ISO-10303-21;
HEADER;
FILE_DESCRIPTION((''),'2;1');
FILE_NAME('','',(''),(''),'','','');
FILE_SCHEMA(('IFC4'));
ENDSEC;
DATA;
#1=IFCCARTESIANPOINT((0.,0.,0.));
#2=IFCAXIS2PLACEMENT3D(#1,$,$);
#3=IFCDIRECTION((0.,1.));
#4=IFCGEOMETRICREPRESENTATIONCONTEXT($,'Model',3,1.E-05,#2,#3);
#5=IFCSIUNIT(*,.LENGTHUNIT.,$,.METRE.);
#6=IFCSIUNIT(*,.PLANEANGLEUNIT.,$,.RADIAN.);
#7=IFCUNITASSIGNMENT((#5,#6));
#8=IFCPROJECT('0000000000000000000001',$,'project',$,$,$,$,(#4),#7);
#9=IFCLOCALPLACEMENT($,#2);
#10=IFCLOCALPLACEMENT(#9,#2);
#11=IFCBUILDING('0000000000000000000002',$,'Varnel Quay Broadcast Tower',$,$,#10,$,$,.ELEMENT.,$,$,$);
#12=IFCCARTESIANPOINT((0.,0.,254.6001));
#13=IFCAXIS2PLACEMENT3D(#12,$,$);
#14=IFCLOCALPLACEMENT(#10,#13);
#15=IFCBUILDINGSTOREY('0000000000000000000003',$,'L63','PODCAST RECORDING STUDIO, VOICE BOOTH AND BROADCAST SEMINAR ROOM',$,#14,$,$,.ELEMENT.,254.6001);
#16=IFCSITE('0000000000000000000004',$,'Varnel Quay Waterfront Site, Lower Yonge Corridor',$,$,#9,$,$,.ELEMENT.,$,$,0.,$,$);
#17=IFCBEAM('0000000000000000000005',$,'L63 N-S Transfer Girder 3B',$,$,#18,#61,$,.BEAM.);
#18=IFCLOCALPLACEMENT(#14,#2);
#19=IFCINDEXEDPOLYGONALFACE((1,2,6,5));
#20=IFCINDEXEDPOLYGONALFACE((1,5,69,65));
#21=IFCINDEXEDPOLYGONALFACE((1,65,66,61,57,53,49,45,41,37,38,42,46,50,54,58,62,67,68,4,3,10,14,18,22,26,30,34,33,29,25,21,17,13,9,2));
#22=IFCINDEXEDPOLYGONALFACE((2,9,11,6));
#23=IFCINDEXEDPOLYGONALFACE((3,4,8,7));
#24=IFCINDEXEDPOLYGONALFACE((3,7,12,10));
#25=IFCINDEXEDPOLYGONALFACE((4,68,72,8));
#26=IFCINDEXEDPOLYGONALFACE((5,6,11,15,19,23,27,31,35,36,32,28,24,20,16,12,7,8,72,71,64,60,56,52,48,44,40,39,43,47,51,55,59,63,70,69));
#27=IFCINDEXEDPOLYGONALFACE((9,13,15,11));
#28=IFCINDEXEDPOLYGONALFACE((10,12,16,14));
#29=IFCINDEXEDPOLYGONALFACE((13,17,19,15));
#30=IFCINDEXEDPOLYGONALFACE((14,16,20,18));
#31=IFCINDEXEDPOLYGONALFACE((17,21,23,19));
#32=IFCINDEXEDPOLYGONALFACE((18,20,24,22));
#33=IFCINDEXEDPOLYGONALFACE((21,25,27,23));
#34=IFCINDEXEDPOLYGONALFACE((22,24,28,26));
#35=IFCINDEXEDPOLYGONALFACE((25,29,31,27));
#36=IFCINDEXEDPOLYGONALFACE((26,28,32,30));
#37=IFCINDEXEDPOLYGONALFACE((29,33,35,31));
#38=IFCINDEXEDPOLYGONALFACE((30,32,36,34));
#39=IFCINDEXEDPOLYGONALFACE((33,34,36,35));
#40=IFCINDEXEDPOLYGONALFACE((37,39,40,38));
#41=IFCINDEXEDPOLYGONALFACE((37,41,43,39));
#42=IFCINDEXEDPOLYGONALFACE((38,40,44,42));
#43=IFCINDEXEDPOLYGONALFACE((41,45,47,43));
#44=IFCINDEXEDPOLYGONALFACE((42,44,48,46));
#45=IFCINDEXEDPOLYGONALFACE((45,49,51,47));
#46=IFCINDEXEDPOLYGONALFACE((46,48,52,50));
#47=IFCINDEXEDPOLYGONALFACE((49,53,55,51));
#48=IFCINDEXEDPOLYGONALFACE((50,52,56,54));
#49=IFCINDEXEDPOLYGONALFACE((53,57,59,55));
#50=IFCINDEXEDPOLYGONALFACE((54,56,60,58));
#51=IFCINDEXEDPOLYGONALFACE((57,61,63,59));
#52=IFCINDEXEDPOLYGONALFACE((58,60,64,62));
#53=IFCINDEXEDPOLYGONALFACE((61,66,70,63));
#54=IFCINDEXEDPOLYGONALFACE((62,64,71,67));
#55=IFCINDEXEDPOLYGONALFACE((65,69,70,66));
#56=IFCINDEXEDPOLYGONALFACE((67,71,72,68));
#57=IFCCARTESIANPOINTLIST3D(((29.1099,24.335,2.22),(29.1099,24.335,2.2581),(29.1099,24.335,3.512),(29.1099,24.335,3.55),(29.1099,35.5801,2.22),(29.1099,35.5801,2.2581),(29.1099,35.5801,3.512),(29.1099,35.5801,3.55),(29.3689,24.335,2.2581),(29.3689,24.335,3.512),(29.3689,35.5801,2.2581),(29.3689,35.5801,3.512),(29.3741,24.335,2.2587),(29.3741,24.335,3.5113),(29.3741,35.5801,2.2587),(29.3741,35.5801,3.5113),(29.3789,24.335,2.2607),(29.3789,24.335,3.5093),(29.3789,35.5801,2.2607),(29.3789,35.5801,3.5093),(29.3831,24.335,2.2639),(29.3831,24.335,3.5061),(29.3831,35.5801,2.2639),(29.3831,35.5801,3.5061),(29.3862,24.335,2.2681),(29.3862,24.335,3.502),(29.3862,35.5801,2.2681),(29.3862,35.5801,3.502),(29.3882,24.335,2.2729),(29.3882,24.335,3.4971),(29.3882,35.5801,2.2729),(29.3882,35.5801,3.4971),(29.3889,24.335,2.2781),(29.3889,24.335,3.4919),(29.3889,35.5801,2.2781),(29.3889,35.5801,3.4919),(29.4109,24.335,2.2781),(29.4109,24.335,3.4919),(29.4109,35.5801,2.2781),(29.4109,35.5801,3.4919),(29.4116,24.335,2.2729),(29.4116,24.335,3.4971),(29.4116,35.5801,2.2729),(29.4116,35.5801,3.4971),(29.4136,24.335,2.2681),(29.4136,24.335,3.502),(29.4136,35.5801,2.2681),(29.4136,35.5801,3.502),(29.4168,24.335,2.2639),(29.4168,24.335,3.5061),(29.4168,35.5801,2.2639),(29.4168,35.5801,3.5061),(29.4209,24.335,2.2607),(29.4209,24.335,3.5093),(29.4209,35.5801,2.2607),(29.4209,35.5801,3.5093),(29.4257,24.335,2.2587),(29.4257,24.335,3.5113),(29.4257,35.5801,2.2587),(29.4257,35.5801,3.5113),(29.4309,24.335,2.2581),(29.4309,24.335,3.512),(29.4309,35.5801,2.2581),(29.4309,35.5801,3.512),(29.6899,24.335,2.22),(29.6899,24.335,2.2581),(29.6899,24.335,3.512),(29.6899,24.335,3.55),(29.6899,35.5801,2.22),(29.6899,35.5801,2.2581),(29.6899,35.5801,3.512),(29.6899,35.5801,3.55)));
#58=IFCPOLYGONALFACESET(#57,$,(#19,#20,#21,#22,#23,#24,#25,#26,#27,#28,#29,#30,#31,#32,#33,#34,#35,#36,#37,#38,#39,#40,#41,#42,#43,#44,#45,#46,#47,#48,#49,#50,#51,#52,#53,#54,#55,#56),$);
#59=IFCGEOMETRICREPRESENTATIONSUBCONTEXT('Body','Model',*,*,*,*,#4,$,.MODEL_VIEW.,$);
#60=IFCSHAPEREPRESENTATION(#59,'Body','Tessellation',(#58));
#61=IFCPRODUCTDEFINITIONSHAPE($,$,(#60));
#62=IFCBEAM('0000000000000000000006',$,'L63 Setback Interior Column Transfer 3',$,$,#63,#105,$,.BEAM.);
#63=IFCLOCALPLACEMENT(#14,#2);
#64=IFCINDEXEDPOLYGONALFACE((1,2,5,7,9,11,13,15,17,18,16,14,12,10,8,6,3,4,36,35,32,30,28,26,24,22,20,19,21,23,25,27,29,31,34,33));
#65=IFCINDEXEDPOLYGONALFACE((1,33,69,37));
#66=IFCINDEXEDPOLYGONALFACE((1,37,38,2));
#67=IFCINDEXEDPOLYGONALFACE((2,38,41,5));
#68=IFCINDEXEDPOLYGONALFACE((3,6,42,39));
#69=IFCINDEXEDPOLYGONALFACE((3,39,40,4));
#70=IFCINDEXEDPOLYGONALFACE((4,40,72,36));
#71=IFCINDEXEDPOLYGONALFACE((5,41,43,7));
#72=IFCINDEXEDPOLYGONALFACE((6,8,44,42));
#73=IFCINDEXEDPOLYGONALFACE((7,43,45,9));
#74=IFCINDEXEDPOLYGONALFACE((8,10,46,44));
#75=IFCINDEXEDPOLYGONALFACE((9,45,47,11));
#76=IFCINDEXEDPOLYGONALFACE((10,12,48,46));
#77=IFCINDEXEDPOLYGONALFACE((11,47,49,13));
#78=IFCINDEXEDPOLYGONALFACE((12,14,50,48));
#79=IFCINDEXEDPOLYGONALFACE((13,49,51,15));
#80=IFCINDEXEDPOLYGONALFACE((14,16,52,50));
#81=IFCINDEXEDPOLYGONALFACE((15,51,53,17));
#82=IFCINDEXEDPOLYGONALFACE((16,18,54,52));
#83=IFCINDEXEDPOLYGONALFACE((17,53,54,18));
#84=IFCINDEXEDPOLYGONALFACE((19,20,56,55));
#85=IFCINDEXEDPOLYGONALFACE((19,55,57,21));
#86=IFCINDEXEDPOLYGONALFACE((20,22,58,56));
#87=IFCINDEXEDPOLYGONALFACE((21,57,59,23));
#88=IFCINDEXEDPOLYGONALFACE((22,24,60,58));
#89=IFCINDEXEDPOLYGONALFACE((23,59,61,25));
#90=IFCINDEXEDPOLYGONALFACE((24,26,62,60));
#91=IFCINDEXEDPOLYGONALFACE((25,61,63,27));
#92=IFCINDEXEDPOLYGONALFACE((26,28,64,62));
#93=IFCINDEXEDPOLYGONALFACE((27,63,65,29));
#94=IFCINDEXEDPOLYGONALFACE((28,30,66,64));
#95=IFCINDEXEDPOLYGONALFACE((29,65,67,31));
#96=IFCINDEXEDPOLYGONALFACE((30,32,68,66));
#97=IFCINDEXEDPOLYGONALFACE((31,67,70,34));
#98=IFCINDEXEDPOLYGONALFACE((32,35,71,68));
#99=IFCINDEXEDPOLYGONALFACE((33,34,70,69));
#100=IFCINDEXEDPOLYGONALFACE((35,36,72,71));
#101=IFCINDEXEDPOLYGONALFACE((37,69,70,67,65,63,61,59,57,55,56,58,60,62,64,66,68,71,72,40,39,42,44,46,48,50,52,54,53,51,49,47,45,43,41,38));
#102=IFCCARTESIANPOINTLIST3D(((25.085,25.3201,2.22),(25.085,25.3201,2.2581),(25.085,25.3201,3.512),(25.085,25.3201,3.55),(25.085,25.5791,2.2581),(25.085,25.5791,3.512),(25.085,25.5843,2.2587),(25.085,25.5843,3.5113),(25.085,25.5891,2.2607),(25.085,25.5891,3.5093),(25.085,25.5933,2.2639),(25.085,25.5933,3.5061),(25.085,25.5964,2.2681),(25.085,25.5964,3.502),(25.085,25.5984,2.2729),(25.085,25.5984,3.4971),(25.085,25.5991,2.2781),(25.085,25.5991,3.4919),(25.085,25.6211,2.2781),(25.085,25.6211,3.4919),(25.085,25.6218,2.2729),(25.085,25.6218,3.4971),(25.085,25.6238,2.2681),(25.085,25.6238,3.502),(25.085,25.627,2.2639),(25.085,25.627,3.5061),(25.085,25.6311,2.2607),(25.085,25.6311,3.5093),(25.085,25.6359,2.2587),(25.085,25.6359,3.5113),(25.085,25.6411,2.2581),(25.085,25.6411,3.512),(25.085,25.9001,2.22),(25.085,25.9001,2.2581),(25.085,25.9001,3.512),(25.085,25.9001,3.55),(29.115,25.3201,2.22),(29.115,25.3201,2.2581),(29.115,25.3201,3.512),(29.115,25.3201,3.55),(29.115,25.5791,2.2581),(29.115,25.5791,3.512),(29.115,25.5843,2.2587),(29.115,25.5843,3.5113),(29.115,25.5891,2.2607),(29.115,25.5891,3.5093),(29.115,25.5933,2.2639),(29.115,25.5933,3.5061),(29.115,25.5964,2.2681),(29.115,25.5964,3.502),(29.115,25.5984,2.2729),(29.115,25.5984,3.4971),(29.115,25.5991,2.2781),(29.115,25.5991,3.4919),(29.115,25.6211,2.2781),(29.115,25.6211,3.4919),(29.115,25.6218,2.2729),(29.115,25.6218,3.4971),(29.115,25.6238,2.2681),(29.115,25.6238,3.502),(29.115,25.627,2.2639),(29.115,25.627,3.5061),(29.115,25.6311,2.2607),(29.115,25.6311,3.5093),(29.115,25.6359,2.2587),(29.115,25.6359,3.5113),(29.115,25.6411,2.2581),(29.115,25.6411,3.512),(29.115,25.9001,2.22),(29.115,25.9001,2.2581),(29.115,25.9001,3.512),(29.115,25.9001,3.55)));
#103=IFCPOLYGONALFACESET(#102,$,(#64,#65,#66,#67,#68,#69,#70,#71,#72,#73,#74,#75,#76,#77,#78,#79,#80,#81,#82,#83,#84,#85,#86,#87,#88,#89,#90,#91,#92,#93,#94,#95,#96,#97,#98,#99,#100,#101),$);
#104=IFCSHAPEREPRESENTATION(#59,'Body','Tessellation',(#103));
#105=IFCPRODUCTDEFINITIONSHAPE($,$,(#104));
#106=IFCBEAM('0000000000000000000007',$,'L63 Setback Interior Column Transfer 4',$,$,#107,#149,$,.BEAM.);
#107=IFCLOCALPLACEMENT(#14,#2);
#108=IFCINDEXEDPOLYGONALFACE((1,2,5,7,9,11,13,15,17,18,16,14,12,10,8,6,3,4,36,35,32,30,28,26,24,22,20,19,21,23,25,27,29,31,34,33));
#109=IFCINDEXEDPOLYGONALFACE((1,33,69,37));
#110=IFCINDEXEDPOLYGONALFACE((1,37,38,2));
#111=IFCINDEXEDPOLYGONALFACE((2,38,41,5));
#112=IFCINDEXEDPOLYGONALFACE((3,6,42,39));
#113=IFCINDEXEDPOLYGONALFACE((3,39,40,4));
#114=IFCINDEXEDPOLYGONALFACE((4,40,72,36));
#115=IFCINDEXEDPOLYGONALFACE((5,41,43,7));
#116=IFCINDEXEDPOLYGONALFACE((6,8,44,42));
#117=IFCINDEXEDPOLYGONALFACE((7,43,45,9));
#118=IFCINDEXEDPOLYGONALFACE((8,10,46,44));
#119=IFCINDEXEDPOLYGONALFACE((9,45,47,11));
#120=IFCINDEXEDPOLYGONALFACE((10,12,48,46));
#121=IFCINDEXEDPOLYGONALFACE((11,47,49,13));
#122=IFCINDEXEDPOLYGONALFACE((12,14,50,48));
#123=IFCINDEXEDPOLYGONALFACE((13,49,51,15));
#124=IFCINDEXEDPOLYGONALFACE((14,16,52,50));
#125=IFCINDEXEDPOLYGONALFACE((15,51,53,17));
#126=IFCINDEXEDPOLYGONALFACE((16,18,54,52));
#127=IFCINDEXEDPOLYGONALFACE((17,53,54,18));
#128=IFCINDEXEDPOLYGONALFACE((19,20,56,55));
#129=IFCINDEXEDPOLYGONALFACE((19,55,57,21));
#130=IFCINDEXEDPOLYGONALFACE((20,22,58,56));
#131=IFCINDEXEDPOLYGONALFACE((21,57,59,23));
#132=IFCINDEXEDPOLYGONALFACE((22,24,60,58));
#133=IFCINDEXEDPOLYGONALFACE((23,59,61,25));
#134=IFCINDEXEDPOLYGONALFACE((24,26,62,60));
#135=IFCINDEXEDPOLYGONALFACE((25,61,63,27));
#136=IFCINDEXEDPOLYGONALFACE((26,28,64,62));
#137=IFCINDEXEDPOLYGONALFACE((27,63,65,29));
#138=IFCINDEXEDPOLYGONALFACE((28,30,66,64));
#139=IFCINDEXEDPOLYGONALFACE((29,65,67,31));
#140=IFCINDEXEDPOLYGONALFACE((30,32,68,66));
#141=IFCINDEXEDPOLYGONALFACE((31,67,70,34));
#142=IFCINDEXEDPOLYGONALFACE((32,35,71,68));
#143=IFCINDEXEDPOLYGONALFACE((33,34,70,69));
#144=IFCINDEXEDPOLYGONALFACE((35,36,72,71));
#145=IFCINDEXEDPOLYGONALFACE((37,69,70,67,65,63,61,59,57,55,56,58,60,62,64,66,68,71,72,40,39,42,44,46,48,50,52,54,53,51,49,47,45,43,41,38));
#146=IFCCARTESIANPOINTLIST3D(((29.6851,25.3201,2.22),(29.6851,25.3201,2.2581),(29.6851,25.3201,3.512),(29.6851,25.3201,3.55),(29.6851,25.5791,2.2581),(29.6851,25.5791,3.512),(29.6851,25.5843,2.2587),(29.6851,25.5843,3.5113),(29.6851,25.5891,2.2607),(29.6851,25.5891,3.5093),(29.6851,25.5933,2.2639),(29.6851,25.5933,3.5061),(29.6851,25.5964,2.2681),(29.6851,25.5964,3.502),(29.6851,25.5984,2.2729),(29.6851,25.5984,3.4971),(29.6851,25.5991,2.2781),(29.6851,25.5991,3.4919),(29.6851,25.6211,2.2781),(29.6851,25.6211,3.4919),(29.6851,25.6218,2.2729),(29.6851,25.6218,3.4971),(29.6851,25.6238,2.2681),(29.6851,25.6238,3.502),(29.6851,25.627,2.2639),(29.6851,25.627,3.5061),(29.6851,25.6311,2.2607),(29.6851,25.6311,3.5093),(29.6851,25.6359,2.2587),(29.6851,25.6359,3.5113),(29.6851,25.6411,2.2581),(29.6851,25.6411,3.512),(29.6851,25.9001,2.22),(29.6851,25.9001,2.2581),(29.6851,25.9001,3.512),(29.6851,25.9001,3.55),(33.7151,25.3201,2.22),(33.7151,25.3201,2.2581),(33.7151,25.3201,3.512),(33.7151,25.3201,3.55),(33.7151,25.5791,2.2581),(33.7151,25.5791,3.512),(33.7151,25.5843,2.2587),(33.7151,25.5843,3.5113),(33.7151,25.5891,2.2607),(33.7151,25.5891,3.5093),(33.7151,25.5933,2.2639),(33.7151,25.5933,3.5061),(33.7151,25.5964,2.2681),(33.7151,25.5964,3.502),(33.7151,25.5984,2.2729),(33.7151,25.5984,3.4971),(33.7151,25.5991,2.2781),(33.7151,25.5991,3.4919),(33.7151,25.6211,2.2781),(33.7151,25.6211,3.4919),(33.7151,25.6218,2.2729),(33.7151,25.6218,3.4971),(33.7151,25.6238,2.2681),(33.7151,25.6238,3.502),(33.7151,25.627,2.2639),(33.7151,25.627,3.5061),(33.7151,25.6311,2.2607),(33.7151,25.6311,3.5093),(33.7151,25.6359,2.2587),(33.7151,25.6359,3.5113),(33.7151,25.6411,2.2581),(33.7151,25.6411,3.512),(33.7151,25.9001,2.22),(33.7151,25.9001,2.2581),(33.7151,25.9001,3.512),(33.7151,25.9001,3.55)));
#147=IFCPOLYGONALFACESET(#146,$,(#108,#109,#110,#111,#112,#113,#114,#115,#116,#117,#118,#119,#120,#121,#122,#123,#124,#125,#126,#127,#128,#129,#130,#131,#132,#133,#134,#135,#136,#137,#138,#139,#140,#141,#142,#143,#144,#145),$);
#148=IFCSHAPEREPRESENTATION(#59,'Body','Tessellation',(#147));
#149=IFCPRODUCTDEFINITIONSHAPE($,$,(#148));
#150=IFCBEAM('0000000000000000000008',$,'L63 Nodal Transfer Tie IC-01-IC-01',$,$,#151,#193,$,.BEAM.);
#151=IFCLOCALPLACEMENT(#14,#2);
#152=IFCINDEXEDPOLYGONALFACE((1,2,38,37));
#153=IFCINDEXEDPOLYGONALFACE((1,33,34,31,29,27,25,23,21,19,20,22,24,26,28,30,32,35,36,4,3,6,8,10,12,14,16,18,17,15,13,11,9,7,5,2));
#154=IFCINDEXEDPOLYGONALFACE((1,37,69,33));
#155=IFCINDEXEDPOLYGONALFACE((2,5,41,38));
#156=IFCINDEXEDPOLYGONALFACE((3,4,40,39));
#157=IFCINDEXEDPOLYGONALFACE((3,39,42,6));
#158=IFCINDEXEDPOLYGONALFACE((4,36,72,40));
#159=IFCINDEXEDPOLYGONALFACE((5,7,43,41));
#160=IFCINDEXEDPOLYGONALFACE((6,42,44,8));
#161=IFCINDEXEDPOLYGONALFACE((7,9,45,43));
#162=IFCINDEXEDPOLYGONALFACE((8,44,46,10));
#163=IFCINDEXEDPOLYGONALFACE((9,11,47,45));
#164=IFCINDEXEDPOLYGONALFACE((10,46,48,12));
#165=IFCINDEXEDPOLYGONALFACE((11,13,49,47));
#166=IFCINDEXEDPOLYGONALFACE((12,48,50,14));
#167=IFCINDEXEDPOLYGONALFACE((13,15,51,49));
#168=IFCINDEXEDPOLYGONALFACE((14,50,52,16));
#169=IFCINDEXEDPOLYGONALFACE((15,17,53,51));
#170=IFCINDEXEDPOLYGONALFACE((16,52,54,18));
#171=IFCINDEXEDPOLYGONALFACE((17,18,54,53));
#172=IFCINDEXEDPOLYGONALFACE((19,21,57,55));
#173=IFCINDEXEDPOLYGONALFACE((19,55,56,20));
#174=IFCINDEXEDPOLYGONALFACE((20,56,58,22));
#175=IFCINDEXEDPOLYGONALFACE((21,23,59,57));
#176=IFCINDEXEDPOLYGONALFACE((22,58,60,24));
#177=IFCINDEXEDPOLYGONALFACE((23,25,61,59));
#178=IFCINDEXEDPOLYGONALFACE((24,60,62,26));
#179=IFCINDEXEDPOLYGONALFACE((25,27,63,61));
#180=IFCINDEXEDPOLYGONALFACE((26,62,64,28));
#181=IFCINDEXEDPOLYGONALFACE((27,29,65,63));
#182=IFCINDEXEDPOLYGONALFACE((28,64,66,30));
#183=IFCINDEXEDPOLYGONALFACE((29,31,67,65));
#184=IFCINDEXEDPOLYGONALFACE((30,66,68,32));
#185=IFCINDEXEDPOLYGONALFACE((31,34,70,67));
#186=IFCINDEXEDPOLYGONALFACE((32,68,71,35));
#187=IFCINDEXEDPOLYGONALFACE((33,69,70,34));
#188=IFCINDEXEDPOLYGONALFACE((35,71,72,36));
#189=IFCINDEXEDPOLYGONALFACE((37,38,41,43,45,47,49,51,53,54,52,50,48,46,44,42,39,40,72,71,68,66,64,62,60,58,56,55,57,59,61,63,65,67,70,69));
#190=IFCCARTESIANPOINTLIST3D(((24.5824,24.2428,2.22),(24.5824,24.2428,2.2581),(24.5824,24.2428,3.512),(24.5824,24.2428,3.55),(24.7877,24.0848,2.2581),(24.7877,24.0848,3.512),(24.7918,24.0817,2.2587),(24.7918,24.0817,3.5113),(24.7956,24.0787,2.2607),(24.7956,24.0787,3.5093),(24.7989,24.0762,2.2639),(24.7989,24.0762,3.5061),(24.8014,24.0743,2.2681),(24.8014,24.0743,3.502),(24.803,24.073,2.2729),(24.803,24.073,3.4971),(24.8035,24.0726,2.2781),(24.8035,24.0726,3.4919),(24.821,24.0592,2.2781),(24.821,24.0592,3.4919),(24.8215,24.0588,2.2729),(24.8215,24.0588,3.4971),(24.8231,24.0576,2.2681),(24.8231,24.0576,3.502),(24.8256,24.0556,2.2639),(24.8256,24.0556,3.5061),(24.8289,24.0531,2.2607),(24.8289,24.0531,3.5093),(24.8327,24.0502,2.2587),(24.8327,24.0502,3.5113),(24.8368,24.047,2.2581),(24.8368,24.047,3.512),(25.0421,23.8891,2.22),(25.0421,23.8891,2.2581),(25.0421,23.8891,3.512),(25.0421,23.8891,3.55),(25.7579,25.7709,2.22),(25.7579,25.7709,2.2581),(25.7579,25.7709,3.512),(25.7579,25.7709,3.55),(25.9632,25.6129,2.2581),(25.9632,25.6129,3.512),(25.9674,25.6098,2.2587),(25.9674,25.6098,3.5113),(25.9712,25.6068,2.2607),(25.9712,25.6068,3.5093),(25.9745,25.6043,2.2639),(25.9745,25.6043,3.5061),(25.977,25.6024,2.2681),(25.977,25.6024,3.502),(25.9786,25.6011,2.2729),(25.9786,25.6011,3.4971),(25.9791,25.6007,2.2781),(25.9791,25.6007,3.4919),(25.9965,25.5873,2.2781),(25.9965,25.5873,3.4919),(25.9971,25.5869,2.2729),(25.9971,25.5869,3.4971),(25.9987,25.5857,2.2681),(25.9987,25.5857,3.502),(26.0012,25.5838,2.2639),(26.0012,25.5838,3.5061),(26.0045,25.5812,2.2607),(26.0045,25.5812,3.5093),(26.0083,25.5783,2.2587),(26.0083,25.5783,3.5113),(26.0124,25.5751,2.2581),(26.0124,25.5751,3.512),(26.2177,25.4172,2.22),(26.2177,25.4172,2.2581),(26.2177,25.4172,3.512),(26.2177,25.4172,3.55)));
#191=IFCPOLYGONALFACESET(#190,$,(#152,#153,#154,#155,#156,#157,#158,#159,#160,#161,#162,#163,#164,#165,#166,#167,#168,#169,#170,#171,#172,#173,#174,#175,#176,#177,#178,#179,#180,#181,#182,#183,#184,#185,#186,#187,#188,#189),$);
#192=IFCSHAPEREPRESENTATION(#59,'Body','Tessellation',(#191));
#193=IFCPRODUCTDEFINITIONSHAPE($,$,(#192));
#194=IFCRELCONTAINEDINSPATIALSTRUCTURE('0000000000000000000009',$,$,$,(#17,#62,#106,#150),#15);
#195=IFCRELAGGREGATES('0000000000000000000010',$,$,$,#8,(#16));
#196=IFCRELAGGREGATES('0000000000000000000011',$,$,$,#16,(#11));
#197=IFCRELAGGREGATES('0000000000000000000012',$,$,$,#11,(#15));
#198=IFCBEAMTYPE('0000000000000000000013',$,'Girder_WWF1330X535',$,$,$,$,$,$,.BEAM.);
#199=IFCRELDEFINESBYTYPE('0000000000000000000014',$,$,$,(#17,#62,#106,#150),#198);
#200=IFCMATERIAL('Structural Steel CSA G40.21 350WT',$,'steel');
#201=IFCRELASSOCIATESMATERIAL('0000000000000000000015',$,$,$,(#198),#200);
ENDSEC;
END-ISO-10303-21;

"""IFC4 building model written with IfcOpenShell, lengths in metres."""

from ifc_helpers import new_model, si_unit, direction, frame, origin, origin_2d, place, context, subcontext, project, spatial, i_section, extrude, source, transform, mapped, material, material_profile, profile_set, type_object, element, save


model = new_model("IFC4")

# Units and contexts
model_context = context("Model", 3, precision=1e-05, world=origin(), true_north=direction((0.0, 1.0)))
body_context = subcontext(model_context, "Body", "Model", "MODEL_VIEW")
ifc_project = project(units=[si_unit("LENGTHUNIT", "METRE"), si_unit("PLANEANGLEUNIT", "RADIAN")], contexts=[model_context])

# Site, building, storey
site_placement = place(None, origin())
site = spatial("IfcSite", under=ifc_project, at=site_placement, Name="Varnel Quay Waterfront Site, Lower Yonge Corridor", CompositionType="ELEMENT", RefElevation=0.0)
building_placement = place(site_placement, origin())
building = spatial("IfcBuilding", under=site, at=building_placement, Name="Varnel Quay Broadcast Tower", CompositionType="ELEMENT")
storey_placement = place(building_placement, frame((0.0, 0.0, 254.6001)))
storey = spatial("IfcBuildingStorey", under=building, at=storey_placement, Name="L63", Description="PODCAST RECORDING STUDIO, VOICE BOOTH AND BROADCAST SEMINAR ROOM", CompositionType="ELEMENT", Elevation=254.6001)

# Shared definitions
ifc_material_1 = material(Name="Structural Steel CSA G40.21 350WT", Category="steel")

# Beams
ifc_material_profile_1 = material_profile(ifc_material_1, i_section(OverallWidth=0.5801, OverallDepth=1.3301, WebThickness=0.022, FlangeThickness=0.0381, FilletRadius=0.02, at=origin_2d()), Name="WWF1330X535")
ifc_profile_set_1 = profile_set([ifc_material_profile_1], Name="Structural Steel CSA G40.21 350WT")
beam_type_1 = type_object("IfcBeamType", Name="Girder_WWF1330X535", PredefinedType="BEAM", material=ifc_profile_set_1)
shared_shape_1 = source(origin(), body_context, "Body", "SweptSolid", [
    extrude(i_section(OverallWidth=0.5801, OverallDepth=1.3301, WebThickness=0.022, FlangeThickness=0.0381, FilletRadius=0.02, at=origin_2d()), origin(), (0.0, 0.0, 1.0), 11.2451),
])
for number, where, z_axis, x_axis, name in (
    (1, (29.3999, 24.335, 2.885), (0.0, 1.0, 0.0), (-1.0, 0.0, 0.0), "L63 N-S Transfer Girder 3B"),
):
    element("IfcBeam", number, at=place(storey_placement, frame(where, z_axis=z_axis, x_axis=x_axis)), inside=storey, type_object=beam_type_1, Name=name, PredefinedType="BEAM", context=body_context, shape_type="MappedRepresentation", body=[
        mapped(shared_shape_1, transform((0.0, 0.0, 0.0), x_axis=(1.0, 0.0, 0.0), y_axis=(0.0, 1.0, 0.0), z_axis=(0.0, 0.0, 1.0), scale=1.0)),
    ])
shared_shape_2 = source(origin(), body_context, "Body", "SweptSolid", [
    extrude(i_section(OverallWidth=0.5801, OverallDepth=1.3301, WebThickness=0.022, FlangeThickness=0.0381, FilletRadius=0.02, at=origin_2d()), origin(), (0.0, 0.0, 1.0), 4.03),
])
for number, where, z_axis, x_axis, name in (
    (2, (25.085, 25.6101, 2.885), (1.0, 0.0, 0.0), (0.0, 1.0, 0.0), "L63 Setback Interior Column Transfer 3"),
    (3, (29.6851, 25.6101, 2.885), (1.0, 0.0, 0.0), (0.0, 1.0, 0.0), "L63 Setback Interior Column Transfer 4"),
):
    element("IfcBeam", number, at=place(storey_placement, frame(where, z_axis=z_axis, x_axis=x_axis)), inside=storey, type_object=beam_type_1, Name=name, PredefinedType="BEAM", context=body_context, shape_type="MappedRepresentation", body=[
        mapped(shared_shape_2, transform((0.0, 0.0, 0.0), x_axis=(1.0, 0.0, 0.0), y_axis=(0.0, 1.0, 0.0), z_axis=(0.0, 0.0, 1.0), scale=1.0)),
    ])
shared_shape_3 = source(origin(), body_context, "Body", "SweptSolid", [
    extrude(i_section(OverallWidth=0.5801, OverallDepth=1.3301, WebThickness=0.022, FlangeThickness=0.0381, FilletRadius=0.02, at=origin_2d()), origin(), (0.0, 0.0, 1.0), 1.928),
])
beam_1_placement = place(storey_placement, frame((24.8123, 24.0659, 2.885), z_axis=(0.609741, 0.7926, 0.0), x_axis=(-0.7926, 0.609741, 0.0)))
element("IfcBeam", 4, at=beam_1_placement, inside=storey, type_object=beam_type_1, Name="L63 Nodal Transfer Tie IC-01-IC-01", PredefinedType="BEAM", context=body_context, shape_type="MappedRepresentation", body=[
    mapped(shared_shape_3, transform((0.0, 0.0, 0.0), x_axis=(1.0, 0.0, 0.0), y_axis=(0.0, 1.0, 0.0), z_axis=(0.0, 0.0, 1.0), scale=1.0)),
])

save(model, "model.ifc")
